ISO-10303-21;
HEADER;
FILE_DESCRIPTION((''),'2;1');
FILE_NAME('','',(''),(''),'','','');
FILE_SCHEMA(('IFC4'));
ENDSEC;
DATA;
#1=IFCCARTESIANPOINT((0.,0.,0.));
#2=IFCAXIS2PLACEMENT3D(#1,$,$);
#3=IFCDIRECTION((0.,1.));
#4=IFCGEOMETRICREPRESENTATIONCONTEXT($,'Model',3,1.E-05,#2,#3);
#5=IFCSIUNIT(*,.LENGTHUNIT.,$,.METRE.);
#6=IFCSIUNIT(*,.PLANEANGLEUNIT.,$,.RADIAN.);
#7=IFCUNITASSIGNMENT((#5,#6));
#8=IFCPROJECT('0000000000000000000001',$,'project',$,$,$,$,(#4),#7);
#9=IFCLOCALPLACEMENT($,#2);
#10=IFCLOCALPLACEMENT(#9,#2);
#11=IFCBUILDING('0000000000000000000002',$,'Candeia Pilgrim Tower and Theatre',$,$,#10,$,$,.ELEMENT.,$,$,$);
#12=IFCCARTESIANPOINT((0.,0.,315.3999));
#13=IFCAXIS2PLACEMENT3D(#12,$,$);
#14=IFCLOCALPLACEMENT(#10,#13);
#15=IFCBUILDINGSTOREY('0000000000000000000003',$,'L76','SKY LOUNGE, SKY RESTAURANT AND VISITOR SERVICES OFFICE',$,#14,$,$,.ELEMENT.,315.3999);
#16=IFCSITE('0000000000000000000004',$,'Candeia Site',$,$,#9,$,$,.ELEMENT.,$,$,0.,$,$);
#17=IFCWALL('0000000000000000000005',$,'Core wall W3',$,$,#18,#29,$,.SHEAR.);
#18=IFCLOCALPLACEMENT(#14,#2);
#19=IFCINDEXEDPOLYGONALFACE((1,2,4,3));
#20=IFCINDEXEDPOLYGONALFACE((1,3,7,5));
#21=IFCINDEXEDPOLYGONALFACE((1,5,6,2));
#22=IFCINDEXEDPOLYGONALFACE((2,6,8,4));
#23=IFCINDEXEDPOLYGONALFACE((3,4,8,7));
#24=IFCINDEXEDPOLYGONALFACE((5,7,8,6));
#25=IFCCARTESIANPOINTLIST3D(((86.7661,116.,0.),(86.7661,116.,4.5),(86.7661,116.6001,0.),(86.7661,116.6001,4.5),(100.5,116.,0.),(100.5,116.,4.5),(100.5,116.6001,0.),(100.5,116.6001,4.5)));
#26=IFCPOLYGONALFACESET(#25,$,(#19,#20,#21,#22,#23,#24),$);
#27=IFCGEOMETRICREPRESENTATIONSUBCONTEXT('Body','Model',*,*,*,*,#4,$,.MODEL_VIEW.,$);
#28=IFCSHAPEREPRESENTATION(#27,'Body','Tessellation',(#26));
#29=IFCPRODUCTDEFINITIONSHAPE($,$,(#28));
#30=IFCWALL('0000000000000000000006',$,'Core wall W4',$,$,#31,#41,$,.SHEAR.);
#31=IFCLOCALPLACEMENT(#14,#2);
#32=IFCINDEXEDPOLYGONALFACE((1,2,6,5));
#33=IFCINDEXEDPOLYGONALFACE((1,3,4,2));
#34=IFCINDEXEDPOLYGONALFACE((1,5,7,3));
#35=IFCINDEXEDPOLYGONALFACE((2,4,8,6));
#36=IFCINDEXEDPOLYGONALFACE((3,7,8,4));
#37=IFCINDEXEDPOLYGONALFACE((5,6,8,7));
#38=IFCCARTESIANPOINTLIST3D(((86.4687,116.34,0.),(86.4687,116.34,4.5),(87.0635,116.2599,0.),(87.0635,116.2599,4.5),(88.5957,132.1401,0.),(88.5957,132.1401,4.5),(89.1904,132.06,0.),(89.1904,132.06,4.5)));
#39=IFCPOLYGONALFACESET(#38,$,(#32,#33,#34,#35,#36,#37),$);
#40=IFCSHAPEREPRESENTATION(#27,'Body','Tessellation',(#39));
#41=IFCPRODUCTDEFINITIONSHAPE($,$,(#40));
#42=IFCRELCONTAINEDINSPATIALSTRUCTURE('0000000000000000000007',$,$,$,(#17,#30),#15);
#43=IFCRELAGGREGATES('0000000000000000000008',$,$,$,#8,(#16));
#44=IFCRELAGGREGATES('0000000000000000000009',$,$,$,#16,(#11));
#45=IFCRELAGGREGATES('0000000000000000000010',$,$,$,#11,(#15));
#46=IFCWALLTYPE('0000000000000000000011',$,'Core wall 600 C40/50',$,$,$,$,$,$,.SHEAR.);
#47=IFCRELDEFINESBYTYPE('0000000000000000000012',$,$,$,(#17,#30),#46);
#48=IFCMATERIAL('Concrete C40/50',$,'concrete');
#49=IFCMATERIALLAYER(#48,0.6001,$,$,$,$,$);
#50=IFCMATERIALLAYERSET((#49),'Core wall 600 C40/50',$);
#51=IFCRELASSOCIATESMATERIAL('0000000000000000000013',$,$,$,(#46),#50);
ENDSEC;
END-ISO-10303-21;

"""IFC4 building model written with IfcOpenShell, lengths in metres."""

from ifc_helpers import new_model, si_unit, direction, frame, frame_2d, origin, place, context, subcontext, project, spatial, rectangle, extrude, material, layer, layer_set, type_object, element, save


model = new_model("IFC4")

# Units and contexts
model_context = context("Model", 3, precision=1e-05, world=origin(), true_north=direction((0.0, 1.0)))
body_context = subcontext(model_context, "Body", "Model", "MODEL_VIEW")
ifc_project = project(units=[si_unit("LENGTHUNIT", "METRE"), si_unit("PLANEANGLEUNIT", "RADIAN")], contexts=[model_context])

# Site, building, storey
site_placement = place(None, origin())
site = spatial("IfcSite", under=ifc_project, at=site_placement, Name="Candeia Site", CompositionType="ELEMENT", RefElevation=0.0)
building_placement = place(site_placement, origin())
building = spatial("IfcBuilding", under=site, at=building_placement, Name="Candeia Pilgrim Tower and Theatre", CompositionType="ELEMENT")
storey_placement = place(building_placement, frame((0.0, 0.0, 315.3999)))
storey = spatial("IfcBuildingStorey", under=building, at=storey_placement, Name="L76", Description="SKY LOUNGE, SKY RESTAURANT AND VISITOR SERVICES OFFICE", CompositionType="ELEMENT", Elevation=315.3999)

# Walls
ifc_material_1 = material(Name="Concrete C40/50", Category="concrete")
ifc_layer_1 = layer(ifc_material_1, 0.6001)
ifc_layer_set_1 = layer_set([ifc_layer_1], Name="Core wall 600 C40/50")
wall_type_1 = type_object("IfcWallType", Name="Core wall 600 C40/50", PredefinedType="SHEAR", material=ifc_layer_set_1)
wall_1_placement = place(storey_placement, frame((100.5, 116.3, 0.0), z_axis=(0.0, 0.0, 1.0), x_axis=(-1.0, 0.0, 0.0)))
element("IfcWall", 1, at=wall_1_placement, inside=storey, type_object=wall_type_1, Name="Core wall W3", PredefinedType="SHEAR", context=body_context, shape_type="SweptSolid", body=[
    extrude(rectangle(XDim=13.7339, YDim=0.6001, at=frame_2d((6.8669, 0.0))), origin(), (0.0, 0.0, 1.0), 4.5),
])
wall_2_placement = place(storey_placement, frame((86.7661, 116.3, 0.0), z_axis=(0.0, 0.0, 1.0), x_axis=(0.133413, 0.99106, 0.0)))
element("IfcWall", 2, at=wall_2_placement, inside=storey, type_object=wall_type_1, Name="Core wall W4", PredefinedType="SHEAR", context=body_context, shape_type="SweptSolid", body=[
    extrude(rectangle(XDim=15.9426, YDim=0.6001, at=frame_2d((7.9712, 0.0))), origin(), (0.0, 0.0, 1.0), 4.5),
])

save(model, "model.ifc")
